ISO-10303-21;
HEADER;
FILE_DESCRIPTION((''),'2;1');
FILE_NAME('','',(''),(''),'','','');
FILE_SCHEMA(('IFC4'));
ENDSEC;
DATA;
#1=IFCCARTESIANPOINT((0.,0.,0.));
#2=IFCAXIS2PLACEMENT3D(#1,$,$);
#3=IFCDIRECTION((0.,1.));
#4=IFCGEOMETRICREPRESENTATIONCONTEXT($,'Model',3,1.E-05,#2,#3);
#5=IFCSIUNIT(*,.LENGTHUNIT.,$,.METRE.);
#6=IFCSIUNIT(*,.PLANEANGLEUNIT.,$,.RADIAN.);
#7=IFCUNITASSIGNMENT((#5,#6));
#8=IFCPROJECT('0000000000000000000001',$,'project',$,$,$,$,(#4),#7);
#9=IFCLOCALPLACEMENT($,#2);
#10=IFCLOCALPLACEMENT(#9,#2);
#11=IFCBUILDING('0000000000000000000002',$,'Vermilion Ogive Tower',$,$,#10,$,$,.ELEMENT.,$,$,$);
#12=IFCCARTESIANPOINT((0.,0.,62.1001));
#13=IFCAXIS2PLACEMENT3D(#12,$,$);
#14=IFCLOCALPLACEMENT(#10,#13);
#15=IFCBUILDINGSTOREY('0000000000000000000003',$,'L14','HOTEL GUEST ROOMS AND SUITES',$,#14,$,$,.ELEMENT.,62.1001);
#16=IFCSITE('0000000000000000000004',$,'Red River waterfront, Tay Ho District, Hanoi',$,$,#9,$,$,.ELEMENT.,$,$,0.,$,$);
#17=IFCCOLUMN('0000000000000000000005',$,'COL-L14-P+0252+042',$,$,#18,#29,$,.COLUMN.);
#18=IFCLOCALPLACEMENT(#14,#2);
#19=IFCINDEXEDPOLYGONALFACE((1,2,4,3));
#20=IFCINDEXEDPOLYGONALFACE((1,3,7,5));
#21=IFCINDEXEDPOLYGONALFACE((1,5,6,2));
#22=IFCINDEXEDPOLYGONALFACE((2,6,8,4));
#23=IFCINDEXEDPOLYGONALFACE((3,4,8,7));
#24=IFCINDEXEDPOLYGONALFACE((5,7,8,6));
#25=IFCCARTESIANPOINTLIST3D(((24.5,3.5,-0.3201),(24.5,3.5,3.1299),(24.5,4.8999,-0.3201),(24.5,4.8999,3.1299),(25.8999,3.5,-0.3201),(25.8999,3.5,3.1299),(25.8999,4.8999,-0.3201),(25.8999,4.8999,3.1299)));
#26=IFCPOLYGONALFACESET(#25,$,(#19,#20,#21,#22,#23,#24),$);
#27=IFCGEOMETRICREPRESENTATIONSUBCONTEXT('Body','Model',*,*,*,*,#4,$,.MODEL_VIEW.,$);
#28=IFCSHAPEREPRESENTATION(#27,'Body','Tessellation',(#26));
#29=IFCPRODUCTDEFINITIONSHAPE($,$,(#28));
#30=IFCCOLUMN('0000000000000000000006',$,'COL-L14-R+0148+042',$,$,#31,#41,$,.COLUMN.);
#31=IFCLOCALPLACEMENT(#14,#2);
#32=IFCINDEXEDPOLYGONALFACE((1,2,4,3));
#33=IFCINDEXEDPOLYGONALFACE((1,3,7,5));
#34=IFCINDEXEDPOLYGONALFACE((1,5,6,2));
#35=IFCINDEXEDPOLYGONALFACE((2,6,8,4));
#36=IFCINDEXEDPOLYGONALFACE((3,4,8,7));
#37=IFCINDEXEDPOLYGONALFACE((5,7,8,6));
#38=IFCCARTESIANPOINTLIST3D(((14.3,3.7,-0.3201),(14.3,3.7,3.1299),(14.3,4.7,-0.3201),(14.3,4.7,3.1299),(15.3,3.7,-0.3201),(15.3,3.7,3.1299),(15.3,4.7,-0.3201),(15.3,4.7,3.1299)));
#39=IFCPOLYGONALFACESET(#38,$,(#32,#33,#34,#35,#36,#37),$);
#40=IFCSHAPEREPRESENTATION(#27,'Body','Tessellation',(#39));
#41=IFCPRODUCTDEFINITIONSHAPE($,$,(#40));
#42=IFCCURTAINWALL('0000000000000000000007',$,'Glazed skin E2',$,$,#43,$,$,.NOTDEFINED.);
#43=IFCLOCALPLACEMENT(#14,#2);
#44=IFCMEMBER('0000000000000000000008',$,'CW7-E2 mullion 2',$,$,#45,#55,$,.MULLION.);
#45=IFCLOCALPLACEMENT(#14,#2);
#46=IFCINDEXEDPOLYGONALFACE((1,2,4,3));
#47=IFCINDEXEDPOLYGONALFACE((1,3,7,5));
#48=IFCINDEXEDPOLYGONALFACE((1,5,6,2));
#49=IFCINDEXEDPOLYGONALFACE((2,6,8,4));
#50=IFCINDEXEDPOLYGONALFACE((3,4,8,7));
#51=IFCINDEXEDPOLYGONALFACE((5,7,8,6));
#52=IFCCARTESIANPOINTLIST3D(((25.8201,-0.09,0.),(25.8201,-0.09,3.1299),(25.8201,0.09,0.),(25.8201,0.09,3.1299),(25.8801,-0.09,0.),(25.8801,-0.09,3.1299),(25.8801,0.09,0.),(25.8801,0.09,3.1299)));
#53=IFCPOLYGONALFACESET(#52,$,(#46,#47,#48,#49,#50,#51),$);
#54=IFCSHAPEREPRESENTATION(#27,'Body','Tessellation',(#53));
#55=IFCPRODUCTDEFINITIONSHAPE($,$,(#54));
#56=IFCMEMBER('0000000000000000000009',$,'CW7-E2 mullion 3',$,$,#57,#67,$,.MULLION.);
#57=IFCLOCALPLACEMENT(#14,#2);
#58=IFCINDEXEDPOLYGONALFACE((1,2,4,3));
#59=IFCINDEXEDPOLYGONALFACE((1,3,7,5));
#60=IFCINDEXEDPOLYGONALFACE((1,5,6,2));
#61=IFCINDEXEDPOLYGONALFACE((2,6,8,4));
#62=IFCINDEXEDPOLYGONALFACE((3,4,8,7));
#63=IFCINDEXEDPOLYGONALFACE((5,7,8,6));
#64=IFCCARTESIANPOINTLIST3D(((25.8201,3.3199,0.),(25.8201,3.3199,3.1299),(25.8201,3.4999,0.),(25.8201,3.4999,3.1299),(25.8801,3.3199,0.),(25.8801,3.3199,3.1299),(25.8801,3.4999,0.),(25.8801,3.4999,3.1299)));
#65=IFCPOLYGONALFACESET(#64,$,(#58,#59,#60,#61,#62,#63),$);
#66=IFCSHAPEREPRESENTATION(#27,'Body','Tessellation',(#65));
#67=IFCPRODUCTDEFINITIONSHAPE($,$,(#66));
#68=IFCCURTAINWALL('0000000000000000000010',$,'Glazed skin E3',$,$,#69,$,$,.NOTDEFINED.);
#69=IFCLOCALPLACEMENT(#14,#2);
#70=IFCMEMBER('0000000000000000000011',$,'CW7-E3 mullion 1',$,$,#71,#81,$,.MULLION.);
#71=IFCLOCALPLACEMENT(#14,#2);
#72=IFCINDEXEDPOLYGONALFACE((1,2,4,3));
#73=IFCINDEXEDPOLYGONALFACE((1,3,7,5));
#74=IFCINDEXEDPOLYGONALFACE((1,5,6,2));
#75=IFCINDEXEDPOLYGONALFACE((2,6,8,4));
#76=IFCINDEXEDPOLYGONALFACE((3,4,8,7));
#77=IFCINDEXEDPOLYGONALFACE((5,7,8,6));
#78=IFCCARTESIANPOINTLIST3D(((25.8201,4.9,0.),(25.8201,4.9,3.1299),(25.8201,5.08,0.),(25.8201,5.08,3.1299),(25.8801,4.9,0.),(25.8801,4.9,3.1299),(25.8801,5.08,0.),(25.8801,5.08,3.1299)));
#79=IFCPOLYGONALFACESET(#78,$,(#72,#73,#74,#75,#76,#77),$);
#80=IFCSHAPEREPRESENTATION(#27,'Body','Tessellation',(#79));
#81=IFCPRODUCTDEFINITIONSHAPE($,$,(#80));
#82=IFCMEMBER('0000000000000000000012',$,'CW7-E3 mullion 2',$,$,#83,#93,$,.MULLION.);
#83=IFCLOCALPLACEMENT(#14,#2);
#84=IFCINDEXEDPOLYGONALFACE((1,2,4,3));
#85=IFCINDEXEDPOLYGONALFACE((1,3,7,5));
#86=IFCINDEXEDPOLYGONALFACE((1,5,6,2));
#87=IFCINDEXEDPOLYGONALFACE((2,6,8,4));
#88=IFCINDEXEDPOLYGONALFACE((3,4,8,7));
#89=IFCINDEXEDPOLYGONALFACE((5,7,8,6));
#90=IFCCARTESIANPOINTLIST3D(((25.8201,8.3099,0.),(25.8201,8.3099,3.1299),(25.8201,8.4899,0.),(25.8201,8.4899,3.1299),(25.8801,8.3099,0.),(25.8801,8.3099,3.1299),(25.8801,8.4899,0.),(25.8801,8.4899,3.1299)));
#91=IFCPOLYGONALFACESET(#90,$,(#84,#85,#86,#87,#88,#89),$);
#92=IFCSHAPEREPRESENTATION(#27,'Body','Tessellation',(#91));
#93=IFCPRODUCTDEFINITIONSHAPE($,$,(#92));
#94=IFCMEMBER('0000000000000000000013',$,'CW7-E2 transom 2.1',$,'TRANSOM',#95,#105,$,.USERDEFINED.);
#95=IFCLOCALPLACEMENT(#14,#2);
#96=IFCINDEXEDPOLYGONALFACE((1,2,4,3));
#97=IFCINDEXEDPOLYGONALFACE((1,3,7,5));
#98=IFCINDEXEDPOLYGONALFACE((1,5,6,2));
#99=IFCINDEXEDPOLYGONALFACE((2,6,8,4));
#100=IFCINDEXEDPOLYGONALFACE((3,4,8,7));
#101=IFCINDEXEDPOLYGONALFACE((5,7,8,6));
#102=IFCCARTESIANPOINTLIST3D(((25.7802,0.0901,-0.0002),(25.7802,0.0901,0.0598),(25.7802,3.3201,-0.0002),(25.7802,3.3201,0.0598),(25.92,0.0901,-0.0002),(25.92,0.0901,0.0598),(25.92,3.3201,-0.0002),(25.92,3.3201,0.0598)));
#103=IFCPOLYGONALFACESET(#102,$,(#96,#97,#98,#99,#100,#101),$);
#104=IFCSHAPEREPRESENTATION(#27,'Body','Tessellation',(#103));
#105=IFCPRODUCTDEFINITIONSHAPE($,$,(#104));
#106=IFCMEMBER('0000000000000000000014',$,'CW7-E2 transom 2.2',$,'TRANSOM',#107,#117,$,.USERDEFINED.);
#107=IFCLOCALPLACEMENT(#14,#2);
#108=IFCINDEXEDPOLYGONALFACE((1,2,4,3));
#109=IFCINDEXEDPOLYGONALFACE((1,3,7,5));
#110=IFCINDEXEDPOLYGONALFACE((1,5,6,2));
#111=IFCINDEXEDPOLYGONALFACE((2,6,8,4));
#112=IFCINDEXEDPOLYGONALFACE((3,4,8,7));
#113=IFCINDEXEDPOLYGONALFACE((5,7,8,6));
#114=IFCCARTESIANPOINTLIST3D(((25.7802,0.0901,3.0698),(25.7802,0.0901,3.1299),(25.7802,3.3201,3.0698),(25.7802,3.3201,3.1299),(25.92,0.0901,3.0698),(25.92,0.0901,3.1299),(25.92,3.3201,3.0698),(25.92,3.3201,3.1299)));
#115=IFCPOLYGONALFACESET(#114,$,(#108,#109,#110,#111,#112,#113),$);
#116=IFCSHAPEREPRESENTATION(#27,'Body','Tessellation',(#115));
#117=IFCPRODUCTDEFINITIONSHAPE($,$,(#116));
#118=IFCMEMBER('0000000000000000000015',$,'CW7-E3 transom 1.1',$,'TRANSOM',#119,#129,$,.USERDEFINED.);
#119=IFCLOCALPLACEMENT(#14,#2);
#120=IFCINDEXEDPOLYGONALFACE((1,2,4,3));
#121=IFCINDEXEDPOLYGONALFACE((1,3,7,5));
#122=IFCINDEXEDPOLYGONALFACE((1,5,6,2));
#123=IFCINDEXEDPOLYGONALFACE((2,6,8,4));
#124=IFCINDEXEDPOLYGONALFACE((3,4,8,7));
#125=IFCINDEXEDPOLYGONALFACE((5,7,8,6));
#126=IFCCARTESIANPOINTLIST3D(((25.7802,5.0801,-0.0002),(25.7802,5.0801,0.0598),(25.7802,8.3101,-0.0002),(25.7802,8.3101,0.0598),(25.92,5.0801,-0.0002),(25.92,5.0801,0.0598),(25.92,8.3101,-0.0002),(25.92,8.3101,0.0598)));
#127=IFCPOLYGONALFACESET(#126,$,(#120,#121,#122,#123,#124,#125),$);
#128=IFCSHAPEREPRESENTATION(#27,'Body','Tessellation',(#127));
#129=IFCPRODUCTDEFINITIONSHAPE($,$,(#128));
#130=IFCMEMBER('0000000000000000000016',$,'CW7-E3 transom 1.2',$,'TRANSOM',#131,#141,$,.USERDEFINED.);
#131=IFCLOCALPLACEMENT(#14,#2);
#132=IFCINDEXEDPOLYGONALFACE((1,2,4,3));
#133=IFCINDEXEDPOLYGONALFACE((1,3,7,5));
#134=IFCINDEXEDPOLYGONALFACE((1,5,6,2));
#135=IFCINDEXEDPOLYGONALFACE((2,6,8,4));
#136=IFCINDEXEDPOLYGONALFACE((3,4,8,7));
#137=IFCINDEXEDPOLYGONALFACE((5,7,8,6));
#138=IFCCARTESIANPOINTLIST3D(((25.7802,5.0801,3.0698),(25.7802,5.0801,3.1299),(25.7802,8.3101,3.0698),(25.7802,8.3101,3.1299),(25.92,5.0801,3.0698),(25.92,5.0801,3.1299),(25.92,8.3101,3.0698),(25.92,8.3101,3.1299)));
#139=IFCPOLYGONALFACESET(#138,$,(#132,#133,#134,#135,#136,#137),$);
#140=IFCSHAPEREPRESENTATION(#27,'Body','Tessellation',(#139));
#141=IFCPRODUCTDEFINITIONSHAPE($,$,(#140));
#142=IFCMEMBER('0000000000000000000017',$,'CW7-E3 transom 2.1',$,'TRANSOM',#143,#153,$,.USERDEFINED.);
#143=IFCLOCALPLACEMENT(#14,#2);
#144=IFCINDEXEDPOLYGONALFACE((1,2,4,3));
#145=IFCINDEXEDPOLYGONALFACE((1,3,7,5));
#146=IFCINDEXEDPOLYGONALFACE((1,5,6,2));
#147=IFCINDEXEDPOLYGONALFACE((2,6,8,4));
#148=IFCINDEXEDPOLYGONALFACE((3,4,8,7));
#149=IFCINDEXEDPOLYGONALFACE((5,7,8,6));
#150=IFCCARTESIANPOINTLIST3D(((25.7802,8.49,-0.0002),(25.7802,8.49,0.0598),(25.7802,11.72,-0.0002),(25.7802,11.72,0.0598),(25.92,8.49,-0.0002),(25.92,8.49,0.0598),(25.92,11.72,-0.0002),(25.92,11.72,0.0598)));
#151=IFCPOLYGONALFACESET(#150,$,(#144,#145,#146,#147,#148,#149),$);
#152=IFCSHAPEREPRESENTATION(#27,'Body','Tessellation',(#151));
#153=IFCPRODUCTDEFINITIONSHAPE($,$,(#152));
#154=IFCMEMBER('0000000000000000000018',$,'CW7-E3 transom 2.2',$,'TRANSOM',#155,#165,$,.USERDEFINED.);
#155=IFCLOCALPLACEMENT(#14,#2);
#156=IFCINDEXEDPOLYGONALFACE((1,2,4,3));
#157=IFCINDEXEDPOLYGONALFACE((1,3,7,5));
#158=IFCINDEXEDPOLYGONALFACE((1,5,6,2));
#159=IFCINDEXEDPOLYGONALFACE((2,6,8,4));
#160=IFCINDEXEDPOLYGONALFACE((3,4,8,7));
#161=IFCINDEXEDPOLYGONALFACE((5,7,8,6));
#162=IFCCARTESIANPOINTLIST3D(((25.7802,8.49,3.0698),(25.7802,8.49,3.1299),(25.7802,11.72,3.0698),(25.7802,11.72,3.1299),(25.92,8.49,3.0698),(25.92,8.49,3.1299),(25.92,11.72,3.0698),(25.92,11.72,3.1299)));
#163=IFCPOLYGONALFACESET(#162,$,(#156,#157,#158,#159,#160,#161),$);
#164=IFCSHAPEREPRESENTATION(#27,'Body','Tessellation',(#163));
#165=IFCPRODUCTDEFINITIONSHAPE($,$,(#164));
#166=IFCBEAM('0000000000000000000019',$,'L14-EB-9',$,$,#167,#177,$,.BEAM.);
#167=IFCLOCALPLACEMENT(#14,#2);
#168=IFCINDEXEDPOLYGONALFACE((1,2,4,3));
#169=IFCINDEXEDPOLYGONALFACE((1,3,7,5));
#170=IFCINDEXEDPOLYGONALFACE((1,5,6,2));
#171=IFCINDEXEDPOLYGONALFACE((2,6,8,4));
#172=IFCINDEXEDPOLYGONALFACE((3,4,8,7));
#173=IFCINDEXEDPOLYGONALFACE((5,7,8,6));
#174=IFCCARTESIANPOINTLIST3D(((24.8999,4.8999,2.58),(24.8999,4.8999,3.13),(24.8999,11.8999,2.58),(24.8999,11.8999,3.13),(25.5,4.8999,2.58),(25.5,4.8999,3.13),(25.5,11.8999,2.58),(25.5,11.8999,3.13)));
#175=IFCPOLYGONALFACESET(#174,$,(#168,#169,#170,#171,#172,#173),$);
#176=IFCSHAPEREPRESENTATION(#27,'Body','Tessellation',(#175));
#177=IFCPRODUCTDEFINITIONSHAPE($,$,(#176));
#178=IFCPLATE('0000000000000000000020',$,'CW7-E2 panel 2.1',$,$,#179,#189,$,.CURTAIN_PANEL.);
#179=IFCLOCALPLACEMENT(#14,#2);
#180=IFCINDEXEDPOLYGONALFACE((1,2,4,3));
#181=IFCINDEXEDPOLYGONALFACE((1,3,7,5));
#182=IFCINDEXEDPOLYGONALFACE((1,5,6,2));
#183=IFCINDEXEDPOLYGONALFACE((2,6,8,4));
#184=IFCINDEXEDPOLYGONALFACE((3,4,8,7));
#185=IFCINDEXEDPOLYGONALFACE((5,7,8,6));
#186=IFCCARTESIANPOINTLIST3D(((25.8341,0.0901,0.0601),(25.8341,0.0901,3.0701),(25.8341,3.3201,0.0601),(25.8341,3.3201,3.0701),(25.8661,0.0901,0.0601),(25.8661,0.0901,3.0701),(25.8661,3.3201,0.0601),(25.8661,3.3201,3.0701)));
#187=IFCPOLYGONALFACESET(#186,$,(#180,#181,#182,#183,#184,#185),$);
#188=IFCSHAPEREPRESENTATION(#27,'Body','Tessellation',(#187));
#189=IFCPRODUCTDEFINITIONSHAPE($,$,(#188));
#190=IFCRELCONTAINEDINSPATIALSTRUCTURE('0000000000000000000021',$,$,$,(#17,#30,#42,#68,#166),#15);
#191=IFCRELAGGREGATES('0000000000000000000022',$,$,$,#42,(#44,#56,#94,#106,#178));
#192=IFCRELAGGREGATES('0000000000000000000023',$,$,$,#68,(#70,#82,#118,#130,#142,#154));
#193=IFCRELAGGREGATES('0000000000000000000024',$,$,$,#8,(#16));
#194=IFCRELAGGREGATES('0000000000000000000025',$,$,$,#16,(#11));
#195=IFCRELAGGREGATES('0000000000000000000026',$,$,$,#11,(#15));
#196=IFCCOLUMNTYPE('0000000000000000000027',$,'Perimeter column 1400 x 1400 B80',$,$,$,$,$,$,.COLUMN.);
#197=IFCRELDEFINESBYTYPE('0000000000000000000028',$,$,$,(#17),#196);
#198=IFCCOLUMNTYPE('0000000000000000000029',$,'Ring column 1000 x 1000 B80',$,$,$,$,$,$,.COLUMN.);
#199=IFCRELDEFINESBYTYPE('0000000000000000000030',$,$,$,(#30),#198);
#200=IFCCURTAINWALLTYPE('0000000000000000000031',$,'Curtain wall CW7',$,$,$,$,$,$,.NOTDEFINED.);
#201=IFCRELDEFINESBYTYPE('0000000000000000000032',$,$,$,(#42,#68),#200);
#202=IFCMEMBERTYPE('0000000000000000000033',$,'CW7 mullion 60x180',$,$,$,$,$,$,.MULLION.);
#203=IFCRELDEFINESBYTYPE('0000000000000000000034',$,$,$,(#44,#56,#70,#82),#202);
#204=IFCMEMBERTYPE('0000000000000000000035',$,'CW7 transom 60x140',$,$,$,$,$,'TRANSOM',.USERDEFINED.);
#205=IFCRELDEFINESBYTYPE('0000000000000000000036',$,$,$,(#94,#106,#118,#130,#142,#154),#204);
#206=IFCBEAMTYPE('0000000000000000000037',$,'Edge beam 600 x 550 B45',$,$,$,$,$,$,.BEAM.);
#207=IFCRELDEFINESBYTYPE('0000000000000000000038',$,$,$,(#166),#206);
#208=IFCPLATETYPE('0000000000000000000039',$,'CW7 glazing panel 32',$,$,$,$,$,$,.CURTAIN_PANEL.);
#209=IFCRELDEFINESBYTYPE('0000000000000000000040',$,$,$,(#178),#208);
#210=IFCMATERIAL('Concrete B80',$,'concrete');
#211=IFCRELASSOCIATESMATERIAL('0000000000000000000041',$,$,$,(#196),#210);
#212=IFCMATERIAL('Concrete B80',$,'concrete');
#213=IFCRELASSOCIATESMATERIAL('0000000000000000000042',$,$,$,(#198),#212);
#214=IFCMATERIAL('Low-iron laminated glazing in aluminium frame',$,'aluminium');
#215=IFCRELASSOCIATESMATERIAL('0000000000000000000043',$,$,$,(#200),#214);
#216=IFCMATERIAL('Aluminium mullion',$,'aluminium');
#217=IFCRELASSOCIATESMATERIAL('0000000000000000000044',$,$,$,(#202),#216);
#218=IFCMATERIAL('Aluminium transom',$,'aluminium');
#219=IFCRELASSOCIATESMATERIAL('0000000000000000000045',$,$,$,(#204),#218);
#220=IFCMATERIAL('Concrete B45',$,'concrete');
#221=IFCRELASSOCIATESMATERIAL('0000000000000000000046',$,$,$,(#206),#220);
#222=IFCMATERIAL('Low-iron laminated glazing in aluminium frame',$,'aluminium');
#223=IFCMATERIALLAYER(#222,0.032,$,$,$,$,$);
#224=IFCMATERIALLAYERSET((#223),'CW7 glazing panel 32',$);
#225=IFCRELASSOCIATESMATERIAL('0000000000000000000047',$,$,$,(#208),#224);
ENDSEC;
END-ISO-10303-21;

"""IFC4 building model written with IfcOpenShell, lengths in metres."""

from ifc_helpers import new_model, si_unit, direction, frame, origin, origin_2d, place, context, subcontext, project, spatial, rectangle, extrude, material, layer, layer_set, material_profile, profile_set, type_object, element, aggregate, save


model = new_model("IFC4")

# Units and contexts
model_context = context("Model", 3, precision=1e-05, world=origin(), true_north=direction((0.0, 1.0)))
body_context = subcontext(model_context, "Body", "Model", "MODEL_VIEW")
ifc_project = project(units=[si_unit("LENGTHUNIT", "METRE"), si_unit("PLANEANGLEUNIT", "RADIAN")], contexts=[model_context])

# Site, building, storey
site_placement = place(None, origin())
site = spatial("IfcSite", under=ifc_project, at=site_placement, Name="Red River waterfront, Tay Ho District, Hanoi", CompositionType="ELEMENT", RefElevation=0.0)
building_placement = place(site_placement, origin())
building = spatial("IfcBuilding", under=site, at=building_placement, Name="Vermilion Ogive Tower", CompositionType="ELEMENT")
storey_placement = place(building_placement, frame((0.0, 0.0, 62.1001)))
storey = spatial("IfcBuildingStorey", under=building, at=storey_placement, Name="L14", Description="HOTEL GUEST ROOMS AND SUITES", CompositionType="ELEMENT", Elevation=62.1001)

# Columns
ifc_material_1 = material(Name="Concrete B80", Category="concrete")
ifc_material_profile_1 = material_profile(ifc_material_1, rectangle(XDim=1.3999, YDim=1.3999, at=origin_2d()), Name="1400 x 1400")
ifc_profile_set_1 = profile_set([ifc_material_profile_1], Name="Concrete B80")
column_type_1 = type_object("IfcColumnType", Name="Perimeter column 1400 x 1400 B80", PredefinedType="COLUMN", material=ifc_profile_set_1)
column_1_placement = place(storey_placement, frame((25.2, 4.2, -0.3201), z_axis=(0.0, 0.0, 1.0), x_axis=(1.0, 0.0, 0.0)))
element("IfcColumn", 1, at=column_1_placement, inside=storey, type_object=column_type_1, Name="COL-L14-P+0252+042", PredefinedType="COLUMN", context=body_context, shape_type="SweptSolid", body=[
    extrude(rectangle(XDim=1.3999, YDim=1.3999, at=origin_2d()), origin(), (0.0, 0.0, 1.0), 3.45),
])
ifc_material_2 = material(Name="Concrete B80", Category="concrete")
ifc_material_profile_2 = material_profile(ifc_material_2, rectangle(XDim=1.0, YDim=1.0, at=origin_2d()), Name="1000 x 1000")
ifc_profile_set_2 = profile_set([ifc_material_profile_2], Name="Concrete B80")
column_type_2 = type_object("IfcColumnType", Name="Ring column 1000 x 1000 B80", PredefinedType="COLUMN", material=ifc_profile_set_2)
column_2_placement = place(storey_placement, frame((14.8, 4.2, -0.3201), z_axis=(0.0, 0.0, 1.0), x_axis=(1.0, 0.0, 0.0)))
element("IfcColumn", 2, at=column_2_placement, inside=storey, type_object=column_type_2, Name="COL-L14-R+0148+042", PredefinedType="COLUMN", context=body_context, shape_type="SweptSolid", body=[
    extrude(rectangle(XDim=1.0, YDim=1.0, at=origin_2d()), origin(), (0.0, 0.0, 1.0), 3.45),
])

# Curtain walls, members
ifc_material_3 = material(Name="Low-iron laminated glazing in aluminium frame", Category="aluminium")
curtain_wall_type = type_object("IfcCurtainWallType", Name="Curtain wall CW7", PredefinedType="NOTDEFINED", material=ifc_material_3)
curtain_wall_1_placement = place(storey_placement, origin())
curtain_wall_1 = element("IfcCurtainWall", 3, at=curtain_wall_1_placement, inside=storey, type_object=curtain_wall_type, Name="Glazed skin E2", PredefinedType="NOTDEFINED")
ifc_material_4 = material(Name="Aluminium mullion", Category="aluminium")
ifc_material_profile_3 = material_profile(ifc_material_4, rectangle(XDim=0.0601, YDim=0.1799, at=origin_2d()), Name="AL 60x180")
ifc_profile_set_3 = profile_set([ifc_material_profile_3], Name="Aluminium mullion")
member_type_1 = type_object("IfcMemberType", Name="CW7 mullion 60x180", PredefinedType="MULLION", material=ifc_profile_set_3)
member_1_placement = place(storey_placement, frame((25.8501, 0.0, 0.0), z_axis=(0.0, 0.0, 1.0), x_axis=(-1.0, 0.0, 0.0)))
member_1 = element("IfcMember", 4, at=member_1_placement, type_object=member_type_1, Name="CW7-E2 mullion 2", PredefinedType="MULLION", context=body_context, shape_type="SweptSolid", body=[
    extrude(rectangle(XDim=0.0601, YDim=0.1799, at=origin_2d()), origin(), (0.0, 0.0, 1.0), 3.1299),
])
member_2_placement = place(storey_placement, frame((25.8501, 3.4099, 0.0), z_axis=(0.0, 0.0, 1.0), x_axis=(-1.0, 0.0, 0.0)))
member_2 = element("IfcMember", 5, at=member_2_placement, type_object=member_type_1, Name="CW7-E2 mullion 3", PredefinedType="MULLION", context=body_context, shape_type="SweptSolid", body=[
    extrude(rectangle(XDim=0.0601, YDim=0.1799, at=origin_2d()), origin(), (0.0, 0.0, 1.0), 3.1299),
])
curtain_wall_2_placement = place(storey_placement, origin())
curtain_wall_2 = element("IfcCurtainWall", 6, at=curtain_wall_2_placement, inside=storey, type_object=curtain_wall_type, Name="Glazed skin E3", PredefinedType="NOTDEFINED")
member_3_placement = place(storey_placement, frame((25.8501, 4.99, 0.0), z_axis=(0.0, 0.0, 1.0), x_axis=(-1.0, 0.0, 0.0)))
member_3 = element("IfcMember", 7, at=member_3_placement, type_object=member_type_1, Name="CW7-E3 mullion 1", PredefinedType="MULLION", context=body_context, shape_type="SweptSolid", body=[
    extrude(rectangle(XDim=0.0601, YDim=0.1799, at=origin_2d()), origin(), (0.0, 0.0, 1.0), 3.1299),
])
member_4_placement = place(storey_placement, frame((25.8501, 8.3999, 0.0), z_axis=(0.0, 0.0, 1.0), x_axis=(-1.0, 0.0, 0.0)))
member_4 = element("IfcMember", 8, at=member_4_placement, type_object=member_type_1, Name="CW7-E3 mullion 2", PredefinedType="MULLION", context=body_context, shape_type="SweptSolid", body=[
    extrude(rectangle(XDim=0.0601, YDim=0.1799, at=origin_2d()), origin(), (0.0, 0.0, 1.0), 3.1299),
])

# Members
ifc_material_5 = material(Name="Aluminium transom", Category="aluminium")
ifc_material_profile_4 = material_profile(ifc_material_5, rectangle(XDim=0.1399, YDim=0.0601, at=origin_2d()), Name="AL 60x140")
ifc_profile_set_4 = profile_set([ifc_material_profile_4], Name="Aluminium transom")
member_type_2 = type_object("IfcMemberType", Name="CW7 transom 60x140", ElementType="TRANSOM", PredefinedType="USERDEFINED", material=ifc_profile_set_4)
member_5_placement = place(storey_placement, frame((25.8501, 0.0901, 0.0298), z_axis=(0.0, 1.0, 0.0), x_axis=(-1.0, 0.0, 0.0)))
member_5 = element("IfcMember", 9, at=member_5_placement, type_object=member_type_2, Name="CW7-E2 transom 2.1", ObjectType="TRANSOM", PredefinedType="USERDEFINED", context=body_context, shape_type="SweptSolid", body=[
    extrude(rectangle(XDim=0.1399, YDim=0.0601, at=origin_2d()), origin(), (0.0, 0.0, 1.0), 3.23),
])
member_6_placement = place(storey_placement, frame((25.8501, 0.0901, 3.0999), z_axis=(0.0, 1.0, 0.0), x_axis=(-1.0, 0.0, 0.0)))
member_6 = element("IfcMember", 10, at=member_6_placement, type_object=member_type_2, Name="CW7-E2 transom 2.2", ObjectType="TRANSOM", PredefinedType="USERDEFINED", context=body_context, shape_type="SweptSolid", body=[
    extrude(rectangle(XDim=0.1399, YDim=0.0601, at=origin_2d()), origin(), (0.0, 0.0, 1.0), 3.23),
])
member_7_placement = place(storey_placement, frame((25.8501, 5.0801, 0.0298), z_axis=(0.0, 1.0, 0.0), x_axis=(-1.0, 0.0, 0.0)))
member_7 = element("IfcMember", 11, at=member_7_placement, type_object=member_type_2, Name="CW7-E3 transom 1.1", ObjectType="TRANSOM", PredefinedType="USERDEFINED", context=body_context, shape_type="SweptSolid", body=[
    extrude(rectangle(XDim=0.1399, YDim=0.0601, at=origin_2d()), origin(), (0.0, 0.0, 1.0), 3.23),
])
member_8_placement = place(storey_placement, frame((25.8501, 5.0801, 3.0999), z_axis=(0.0, 1.0, 0.0), x_axis=(-1.0, 0.0, 0.0)))
member_8 = element("IfcMember", 12, at=member_8_placement, type_object=member_type_2, Name="CW7-E3 transom 1.2", ObjectType="TRANSOM", PredefinedType="USERDEFINED", context=body_context, shape_type="SweptSolid", body=[
    extrude(rectangle(XDim=0.1399, YDim=0.0601, at=origin_2d()), origin(), (0.0, 0.0, 1.0), 3.23),
])
member_9_placement = place(storey_placement, frame((25.8501, 8.49, 0.0298), z_axis=(0.0, 1.0, 0.0), x_axis=(-1.0, 0.0, 0.0)))
member_9 = element("IfcMember", 13, at=member_9_placement, type_object=member_type_2, Name="CW7-E3 transom 2.1", ObjectType="TRANSOM", PredefinedType="USERDEFINED", context=body_context, shape_type="SweptSolid", body=[
    extrude(rectangle(XDim=0.1399, YDim=0.0601, at=origin_2d()), origin(), (0.0, 0.0, 1.0), 3.23),
])
member_10_placement = place(storey_placement, frame((25.8501, 8.49, 3.0999), z_axis=(0.0, 1.0, 0.0), x_axis=(-1.0, 0.0, 0.0)))
member_10 = element("IfcMember", 14, at=member_10_placement, type_object=member_type_2, Name="CW7-E3 transom 2.2", ObjectType="TRANSOM", PredefinedType="USERDEFINED", context=body_context, shape_type="SweptSolid", body=[
    extrude(rectangle(XDim=0.1399, YDim=0.0601, at=origin_2d()), origin(), (0.0, 0.0, 1.0), 3.23),
])

# Beam
ifc_material_6 = material(Name="Concrete B45", Category="concrete")
ifc_material_profile_5 = material_profile(ifc_material_6, rectangle(XDim=0.6001, YDim=0.55, at=origin_2d()), Name="600 x 550")
ifc_profile_set_5 = profile_set([ifc_material_profile_5], Name="Concrete B45")
beam_type = type_object("IfcBeamType", Name="Edge beam 600 x 550 B45", PredefinedType="BEAM", material=ifc_profile_set_5)
beam_placement = place(storey_placement, frame((25.2, 4.8999, 2.855), z_axis=(0.0, 1.0, 0.0), x_axis=(-1.0, 0.0, 0.0)))
element("IfcBeam", 15, at=beam_placement, inside=storey, type_object=beam_type, Name="L14-EB-9", PredefinedType="BEAM", context=body_context, shape_type="SweptSolid", body=[
    extrude(rectangle(XDim=0.6001, YDim=0.55, at=origin_2d()), origin(), (0.0, 0.0, 1.0), 7.0),
])

# Plate
ifc_material_7 = material(Name="Low-iron laminated glazing in aluminium frame", Category="aluminium")
ifc_layer_1 = layer(ifc_material_7, 0.032)
ifc_layer_set_1 = layer_set([ifc_layer_1], Name="CW7 glazing panel 32")
plate_type = type_object("IfcPlateType", Name="CW7 glazing panel 32", PredefinedType="CURTAIN_PANEL", material=ifc_layer_set_1)
plate_1_placement = place(storey_placement, frame((25.8501, 1.7051, 0.0601), z_axis=(0.0, 0.0, 1.0), x_axis=(0.0, 1.0, 0.0)))
plate_1 = element("IfcPlate", 16, at=plate_1_placement, type_object=plate_type, Name="CW7-E2 panel 2.1", PredefinedType="CURTAIN_PANEL", context=body_context, shape_type="SweptSolid", body=[
    extrude(rectangle(XDim=3.23, YDim=0.032, at=origin_2d()), origin(), (0.0, 0.0, 1.0), 3.01),
])
aggregate(curtain_wall_1, [member_1, member_2, member_5, member_6, plate_1])
aggregate(curtain_wall_2, [member_3, member_4, member_7, member_8, member_9, member_10])

save(model, "model.ifc")
